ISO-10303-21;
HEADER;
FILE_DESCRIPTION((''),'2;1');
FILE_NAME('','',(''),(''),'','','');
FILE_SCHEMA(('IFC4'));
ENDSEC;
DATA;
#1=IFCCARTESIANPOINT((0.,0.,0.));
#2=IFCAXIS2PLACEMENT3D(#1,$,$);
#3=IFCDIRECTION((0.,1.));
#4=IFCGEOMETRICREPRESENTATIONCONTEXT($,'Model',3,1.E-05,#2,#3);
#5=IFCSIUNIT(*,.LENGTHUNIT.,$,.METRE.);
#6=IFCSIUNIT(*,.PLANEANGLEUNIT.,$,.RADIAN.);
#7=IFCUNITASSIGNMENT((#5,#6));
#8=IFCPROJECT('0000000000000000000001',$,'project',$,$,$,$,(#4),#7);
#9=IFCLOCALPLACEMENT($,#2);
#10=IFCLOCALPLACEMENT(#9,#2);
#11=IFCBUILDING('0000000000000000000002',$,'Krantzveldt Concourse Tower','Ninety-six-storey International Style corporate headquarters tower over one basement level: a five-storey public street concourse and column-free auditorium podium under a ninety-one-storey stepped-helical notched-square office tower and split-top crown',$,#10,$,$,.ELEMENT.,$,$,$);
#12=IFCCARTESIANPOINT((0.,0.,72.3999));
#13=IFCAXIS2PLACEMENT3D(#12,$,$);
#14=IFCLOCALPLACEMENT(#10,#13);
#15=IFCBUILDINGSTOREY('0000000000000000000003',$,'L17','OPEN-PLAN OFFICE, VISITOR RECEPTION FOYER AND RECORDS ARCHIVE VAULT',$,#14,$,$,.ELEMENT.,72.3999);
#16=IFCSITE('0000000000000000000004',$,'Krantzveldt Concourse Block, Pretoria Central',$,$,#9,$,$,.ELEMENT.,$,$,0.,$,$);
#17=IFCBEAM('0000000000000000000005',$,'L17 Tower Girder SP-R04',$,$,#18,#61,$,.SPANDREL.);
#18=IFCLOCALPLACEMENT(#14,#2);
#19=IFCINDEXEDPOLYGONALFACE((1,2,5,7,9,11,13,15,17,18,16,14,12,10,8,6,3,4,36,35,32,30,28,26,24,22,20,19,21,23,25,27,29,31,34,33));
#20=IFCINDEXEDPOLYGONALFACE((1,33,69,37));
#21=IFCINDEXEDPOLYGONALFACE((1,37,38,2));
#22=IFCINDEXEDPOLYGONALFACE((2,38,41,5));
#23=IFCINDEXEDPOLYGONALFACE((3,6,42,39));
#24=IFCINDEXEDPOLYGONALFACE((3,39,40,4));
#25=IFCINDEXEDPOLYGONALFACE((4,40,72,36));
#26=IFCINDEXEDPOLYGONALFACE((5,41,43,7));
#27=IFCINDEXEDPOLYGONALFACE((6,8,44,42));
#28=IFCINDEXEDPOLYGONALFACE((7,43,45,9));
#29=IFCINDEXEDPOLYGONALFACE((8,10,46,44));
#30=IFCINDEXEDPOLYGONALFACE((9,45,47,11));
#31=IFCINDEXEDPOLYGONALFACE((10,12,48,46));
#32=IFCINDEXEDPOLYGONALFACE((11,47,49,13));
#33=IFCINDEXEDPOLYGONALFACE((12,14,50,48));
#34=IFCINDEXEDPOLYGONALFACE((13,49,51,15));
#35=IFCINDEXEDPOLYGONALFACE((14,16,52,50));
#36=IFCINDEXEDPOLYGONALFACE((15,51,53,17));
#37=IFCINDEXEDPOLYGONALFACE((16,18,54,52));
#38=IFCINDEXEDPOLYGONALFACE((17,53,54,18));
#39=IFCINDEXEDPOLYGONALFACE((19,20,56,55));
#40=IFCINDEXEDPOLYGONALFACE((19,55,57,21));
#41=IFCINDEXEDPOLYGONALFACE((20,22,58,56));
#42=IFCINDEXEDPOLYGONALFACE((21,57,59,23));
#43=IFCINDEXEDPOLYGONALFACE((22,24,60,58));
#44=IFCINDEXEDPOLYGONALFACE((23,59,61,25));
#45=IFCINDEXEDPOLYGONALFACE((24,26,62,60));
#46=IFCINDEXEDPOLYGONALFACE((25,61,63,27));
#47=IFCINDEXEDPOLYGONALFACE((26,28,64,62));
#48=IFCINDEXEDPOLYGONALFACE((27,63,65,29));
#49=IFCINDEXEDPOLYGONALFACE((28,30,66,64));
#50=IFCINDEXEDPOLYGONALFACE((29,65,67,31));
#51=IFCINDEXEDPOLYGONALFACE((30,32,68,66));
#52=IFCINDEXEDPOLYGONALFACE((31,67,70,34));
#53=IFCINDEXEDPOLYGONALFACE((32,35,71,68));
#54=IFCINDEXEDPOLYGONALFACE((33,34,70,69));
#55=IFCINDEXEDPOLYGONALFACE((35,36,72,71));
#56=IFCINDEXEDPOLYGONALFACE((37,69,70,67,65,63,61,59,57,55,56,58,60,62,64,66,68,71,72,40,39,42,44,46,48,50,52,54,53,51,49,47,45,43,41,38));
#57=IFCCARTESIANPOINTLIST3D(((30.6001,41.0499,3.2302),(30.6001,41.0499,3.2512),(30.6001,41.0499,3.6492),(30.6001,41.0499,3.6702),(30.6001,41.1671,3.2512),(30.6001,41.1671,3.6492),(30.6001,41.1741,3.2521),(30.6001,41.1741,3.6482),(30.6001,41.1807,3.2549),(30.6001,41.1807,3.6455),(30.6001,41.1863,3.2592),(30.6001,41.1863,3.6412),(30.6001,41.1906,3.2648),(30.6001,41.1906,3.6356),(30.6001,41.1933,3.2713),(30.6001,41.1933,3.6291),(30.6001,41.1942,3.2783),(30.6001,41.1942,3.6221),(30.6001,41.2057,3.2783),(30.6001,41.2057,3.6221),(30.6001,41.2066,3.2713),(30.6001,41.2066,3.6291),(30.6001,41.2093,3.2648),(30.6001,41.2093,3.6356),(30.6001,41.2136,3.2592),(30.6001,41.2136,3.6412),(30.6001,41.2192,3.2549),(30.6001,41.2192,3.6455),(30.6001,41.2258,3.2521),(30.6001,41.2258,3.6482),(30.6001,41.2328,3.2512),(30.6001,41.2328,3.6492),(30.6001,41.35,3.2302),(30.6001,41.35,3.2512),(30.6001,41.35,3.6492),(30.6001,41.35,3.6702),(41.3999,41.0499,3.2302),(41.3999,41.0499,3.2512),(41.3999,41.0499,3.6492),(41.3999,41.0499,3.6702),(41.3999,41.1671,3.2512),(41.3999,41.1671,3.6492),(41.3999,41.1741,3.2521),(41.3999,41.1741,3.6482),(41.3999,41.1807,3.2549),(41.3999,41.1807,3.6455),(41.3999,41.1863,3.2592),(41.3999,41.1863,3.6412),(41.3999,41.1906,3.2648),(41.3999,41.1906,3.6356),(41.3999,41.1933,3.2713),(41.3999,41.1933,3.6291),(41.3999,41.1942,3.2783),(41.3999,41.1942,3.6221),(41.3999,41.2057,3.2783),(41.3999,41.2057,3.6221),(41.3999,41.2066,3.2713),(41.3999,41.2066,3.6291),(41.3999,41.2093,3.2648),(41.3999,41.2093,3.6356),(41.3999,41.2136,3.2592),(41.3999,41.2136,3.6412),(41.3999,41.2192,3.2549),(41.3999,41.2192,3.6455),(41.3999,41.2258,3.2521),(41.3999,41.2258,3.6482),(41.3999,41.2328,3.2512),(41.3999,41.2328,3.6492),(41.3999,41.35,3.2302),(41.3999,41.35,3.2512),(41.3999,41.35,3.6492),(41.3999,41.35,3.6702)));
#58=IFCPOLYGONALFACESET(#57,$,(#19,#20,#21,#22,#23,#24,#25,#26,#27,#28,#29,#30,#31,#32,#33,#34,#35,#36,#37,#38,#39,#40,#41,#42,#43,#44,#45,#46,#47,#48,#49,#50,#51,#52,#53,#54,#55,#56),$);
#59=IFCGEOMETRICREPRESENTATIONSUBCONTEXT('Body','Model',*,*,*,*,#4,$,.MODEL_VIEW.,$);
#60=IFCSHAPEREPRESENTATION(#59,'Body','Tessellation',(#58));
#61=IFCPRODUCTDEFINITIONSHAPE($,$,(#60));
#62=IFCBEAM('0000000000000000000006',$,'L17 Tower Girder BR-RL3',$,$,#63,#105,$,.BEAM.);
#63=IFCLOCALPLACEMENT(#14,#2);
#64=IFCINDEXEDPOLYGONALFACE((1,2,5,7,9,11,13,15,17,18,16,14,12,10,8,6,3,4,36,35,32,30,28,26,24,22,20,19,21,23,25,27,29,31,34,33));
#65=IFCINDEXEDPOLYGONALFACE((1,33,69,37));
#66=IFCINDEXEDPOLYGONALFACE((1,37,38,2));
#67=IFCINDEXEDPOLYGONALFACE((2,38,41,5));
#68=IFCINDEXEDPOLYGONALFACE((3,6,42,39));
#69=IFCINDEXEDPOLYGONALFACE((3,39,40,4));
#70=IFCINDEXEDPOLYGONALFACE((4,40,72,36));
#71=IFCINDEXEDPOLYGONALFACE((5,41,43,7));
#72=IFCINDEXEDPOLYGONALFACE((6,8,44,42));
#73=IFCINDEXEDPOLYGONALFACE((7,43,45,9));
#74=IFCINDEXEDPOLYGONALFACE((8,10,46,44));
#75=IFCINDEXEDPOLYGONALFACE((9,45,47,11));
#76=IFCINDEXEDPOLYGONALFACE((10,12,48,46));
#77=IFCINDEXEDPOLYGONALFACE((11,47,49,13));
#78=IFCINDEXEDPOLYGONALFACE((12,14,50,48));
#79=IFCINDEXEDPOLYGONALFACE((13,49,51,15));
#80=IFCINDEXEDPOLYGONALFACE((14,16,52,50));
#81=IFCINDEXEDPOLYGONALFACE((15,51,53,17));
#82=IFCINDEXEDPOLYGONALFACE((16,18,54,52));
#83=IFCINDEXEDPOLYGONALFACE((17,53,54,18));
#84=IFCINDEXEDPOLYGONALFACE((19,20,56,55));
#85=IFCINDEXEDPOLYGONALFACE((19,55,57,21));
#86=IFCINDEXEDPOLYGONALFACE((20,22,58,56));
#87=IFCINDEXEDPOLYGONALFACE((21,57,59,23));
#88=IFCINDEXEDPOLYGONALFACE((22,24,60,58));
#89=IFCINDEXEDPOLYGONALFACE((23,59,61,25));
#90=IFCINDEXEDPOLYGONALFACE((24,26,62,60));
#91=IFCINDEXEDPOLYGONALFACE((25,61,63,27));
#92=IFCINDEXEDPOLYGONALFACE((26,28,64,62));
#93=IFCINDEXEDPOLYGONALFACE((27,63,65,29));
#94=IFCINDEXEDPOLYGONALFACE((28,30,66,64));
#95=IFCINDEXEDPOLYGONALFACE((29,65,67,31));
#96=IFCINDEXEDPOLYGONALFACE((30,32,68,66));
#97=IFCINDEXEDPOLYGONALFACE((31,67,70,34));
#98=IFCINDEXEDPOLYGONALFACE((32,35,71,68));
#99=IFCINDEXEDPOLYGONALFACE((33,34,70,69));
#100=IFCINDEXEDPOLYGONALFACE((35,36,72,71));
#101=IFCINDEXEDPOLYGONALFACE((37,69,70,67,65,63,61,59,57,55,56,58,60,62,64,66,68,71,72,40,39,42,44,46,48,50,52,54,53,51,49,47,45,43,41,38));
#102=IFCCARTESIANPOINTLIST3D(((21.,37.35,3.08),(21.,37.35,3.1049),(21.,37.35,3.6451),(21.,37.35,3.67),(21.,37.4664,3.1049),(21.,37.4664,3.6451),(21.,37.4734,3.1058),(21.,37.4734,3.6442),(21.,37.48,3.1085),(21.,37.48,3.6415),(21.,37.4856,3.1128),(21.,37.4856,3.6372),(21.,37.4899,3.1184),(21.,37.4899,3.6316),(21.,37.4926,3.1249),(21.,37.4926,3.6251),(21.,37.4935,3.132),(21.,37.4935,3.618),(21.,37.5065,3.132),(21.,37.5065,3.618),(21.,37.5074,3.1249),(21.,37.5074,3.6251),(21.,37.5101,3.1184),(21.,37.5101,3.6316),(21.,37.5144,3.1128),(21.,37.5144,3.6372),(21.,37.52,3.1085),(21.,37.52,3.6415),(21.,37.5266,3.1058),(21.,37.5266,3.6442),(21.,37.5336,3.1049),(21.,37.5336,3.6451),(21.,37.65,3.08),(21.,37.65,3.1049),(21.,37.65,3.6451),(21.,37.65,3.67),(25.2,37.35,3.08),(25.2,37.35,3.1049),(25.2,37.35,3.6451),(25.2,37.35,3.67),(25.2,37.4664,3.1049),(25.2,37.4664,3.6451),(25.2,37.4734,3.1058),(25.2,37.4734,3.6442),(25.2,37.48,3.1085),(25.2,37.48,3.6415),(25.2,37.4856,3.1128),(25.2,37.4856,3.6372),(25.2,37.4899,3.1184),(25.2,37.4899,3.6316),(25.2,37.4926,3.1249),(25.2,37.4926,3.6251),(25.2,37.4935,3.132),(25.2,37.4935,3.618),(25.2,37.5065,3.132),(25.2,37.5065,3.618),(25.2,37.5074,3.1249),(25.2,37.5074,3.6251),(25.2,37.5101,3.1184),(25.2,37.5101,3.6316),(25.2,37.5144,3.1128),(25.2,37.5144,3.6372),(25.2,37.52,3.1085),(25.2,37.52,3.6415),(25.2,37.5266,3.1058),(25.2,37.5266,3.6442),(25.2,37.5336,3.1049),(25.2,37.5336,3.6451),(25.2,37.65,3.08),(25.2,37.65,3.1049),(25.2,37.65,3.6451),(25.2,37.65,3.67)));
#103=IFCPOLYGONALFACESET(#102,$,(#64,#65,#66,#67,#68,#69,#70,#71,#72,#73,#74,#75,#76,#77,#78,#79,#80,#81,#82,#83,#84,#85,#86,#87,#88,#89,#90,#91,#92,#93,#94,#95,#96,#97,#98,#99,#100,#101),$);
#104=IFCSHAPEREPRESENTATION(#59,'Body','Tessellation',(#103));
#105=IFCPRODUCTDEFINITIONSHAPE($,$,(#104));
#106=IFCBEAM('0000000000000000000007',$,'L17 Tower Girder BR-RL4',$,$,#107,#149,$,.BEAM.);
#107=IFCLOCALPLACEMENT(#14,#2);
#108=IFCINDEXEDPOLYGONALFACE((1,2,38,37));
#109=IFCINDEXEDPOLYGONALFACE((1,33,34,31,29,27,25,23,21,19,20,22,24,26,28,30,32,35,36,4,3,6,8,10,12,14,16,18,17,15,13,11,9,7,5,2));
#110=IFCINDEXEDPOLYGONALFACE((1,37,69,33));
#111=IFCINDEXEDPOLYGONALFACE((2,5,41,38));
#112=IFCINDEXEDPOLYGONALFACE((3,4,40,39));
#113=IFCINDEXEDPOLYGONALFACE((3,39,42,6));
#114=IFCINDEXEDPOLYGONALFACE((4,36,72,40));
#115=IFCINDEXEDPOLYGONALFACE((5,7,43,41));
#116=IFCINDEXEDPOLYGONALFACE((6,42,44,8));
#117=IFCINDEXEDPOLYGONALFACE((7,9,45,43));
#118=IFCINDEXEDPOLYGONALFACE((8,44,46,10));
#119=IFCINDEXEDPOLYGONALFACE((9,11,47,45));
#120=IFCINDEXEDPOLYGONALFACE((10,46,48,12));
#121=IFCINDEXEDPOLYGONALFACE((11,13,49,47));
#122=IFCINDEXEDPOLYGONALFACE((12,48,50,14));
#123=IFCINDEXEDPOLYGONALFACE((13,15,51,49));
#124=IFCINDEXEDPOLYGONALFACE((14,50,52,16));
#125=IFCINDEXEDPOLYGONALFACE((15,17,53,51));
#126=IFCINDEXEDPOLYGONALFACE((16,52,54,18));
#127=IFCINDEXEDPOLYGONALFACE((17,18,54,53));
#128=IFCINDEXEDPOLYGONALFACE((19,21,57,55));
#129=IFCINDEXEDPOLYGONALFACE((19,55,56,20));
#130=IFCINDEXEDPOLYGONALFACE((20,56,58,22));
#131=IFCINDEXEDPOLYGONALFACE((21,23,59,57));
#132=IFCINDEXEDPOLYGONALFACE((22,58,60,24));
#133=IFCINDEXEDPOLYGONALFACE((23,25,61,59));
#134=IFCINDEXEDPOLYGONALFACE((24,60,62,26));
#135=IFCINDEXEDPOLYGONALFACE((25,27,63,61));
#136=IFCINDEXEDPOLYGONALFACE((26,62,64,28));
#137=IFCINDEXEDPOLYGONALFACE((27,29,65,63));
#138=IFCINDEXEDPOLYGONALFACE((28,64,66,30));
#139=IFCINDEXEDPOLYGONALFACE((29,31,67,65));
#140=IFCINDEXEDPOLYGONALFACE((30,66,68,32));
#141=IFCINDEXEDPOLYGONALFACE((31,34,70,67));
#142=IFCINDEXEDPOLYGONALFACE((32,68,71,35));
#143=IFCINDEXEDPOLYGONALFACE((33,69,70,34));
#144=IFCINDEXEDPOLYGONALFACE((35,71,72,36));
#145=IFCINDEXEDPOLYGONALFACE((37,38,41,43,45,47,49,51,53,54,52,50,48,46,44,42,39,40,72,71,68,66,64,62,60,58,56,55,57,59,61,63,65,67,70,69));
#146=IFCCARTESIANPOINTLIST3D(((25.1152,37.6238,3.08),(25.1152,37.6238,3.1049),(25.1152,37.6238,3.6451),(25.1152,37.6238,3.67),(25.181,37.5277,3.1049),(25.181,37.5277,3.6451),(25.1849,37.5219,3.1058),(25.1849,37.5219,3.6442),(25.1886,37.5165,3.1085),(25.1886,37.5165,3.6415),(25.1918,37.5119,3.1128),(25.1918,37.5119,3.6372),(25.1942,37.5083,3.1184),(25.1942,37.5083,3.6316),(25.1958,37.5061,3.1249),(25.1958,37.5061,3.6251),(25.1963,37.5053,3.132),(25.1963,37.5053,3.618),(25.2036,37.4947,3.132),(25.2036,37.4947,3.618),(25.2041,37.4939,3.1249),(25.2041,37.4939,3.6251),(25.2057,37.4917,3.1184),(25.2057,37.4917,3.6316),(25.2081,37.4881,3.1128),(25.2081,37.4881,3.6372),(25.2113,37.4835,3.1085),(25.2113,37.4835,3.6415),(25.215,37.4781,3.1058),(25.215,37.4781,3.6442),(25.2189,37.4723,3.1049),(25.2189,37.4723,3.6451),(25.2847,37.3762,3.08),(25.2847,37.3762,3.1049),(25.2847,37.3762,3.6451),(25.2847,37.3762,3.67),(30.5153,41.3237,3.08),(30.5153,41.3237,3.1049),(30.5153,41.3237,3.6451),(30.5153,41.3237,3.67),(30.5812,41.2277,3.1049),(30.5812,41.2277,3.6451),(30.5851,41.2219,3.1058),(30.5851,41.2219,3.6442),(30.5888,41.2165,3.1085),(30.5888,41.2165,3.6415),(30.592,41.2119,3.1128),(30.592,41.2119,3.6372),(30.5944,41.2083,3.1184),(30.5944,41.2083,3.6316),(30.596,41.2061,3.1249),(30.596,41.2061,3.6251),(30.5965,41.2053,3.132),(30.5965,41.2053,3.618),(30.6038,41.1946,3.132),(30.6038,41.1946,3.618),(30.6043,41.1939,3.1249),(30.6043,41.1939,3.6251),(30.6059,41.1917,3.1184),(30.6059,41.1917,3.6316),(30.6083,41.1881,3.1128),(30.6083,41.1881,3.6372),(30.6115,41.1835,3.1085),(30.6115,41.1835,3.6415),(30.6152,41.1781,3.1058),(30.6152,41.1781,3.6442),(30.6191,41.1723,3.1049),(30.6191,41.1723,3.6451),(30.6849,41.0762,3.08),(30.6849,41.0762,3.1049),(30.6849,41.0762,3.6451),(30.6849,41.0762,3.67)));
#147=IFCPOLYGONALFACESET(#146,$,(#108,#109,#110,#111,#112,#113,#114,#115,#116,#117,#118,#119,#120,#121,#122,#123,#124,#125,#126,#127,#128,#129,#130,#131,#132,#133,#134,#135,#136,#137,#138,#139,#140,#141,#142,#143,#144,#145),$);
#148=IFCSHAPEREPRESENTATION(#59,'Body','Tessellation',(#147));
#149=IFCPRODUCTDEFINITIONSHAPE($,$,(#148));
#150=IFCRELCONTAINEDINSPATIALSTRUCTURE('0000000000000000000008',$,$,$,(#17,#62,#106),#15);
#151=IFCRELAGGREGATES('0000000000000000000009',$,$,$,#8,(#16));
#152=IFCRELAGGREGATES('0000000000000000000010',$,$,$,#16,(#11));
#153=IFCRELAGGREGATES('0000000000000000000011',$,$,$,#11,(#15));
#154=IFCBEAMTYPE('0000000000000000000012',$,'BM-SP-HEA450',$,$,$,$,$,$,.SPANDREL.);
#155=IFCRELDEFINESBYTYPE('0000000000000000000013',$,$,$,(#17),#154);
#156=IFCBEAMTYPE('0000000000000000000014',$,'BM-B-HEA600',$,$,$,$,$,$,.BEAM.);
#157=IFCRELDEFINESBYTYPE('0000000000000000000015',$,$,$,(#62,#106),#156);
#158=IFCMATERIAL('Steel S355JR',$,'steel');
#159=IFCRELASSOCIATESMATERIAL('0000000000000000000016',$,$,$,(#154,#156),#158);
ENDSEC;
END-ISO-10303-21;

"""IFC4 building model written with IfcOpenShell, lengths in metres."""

from ifc_helpers import new_model, si_unit, direction, frame, origin, origin_2d, place, context, subcontext, project, spatial, i_section, extrude, source, transform, mapped, material, material_profile, profile_set, type_object, type_shapes, element, save


model = new_model("IFC4")

# Units and contexts
model_context = context("Model", 3, precision=1e-05, world=origin(), true_north=direction((0.0, 1.0)))
body_context = subcontext(model_context, "Body", "Model", "MODEL_VIEW")
ifc_project = project(units=[si_unit("LENGTHUNIT", "METRE"), si_unit("PLANEANGLEUNIT", "RADIAN")], contexts=[model_context])

# Site, building, storey
site_placement = place(None, origin())
site = spatial("IfcSite", under=ifc_project, at=site_placement, Name="Krantzveldt Concourse Block, Pretoria Central", CompositionType="ELEMENT", RefElevation=0.0)
building_placement = place(site_placement, origin())
building = spatial("IfcBuilding", under=site, at=building_placement, Name="Krantzveldt Concourse Tower", Description="Ninety-six-storey International Style corporate headquarters tower over one basement level: a five-storey public street concourse and column-free auditorium podium under a ninety-one-storey stepped-helical notched-square office tower and split-top crown", CompositionType="ELEMENT")
storey_placement = place(building_placement, frame((0.0, 0.0, 72.3999)))
storey = spatial("IfcBuildingStorey", under=building, at=storey_placement, Name="L17", Description="OPEN-PLAN OFFICE, VISITOR RECEPTION FOYER AND RECORDS ARCHIVE VAULT", CompositionType="ELEMENT", Elevation=72.3999)

# Beams
ifc_material_1 = material(Name="Steel S355JR", Category="steel")
ifc_material_profile_1 = material_profile(ifc_material_1, i_section(OverallWidth=0.3, OverallDepth=0.4399, WebThickness=0.0115, FlangeThickness=0.021, FilletRadius=0.0271, at=origin_2d()), Name="Steel S355JR", Category="steel")
ifc_profile_set_1 = profile_set([ifc_material_profile_1], Name="Steel S355JR - HEA 450")
beam_type_1 = type_object("IfcBeamType", Name="BM-SP-HEA450", PredefinedType="SPANDREL", material=ifc_profile_set_1)
shared_shape_1 = source(origin(), body_context, "Body", "SweptSolid", [
    extrude(i_section(OverallWidth=0.3, OverallDepth=0.4399, WebThickness=0.0115, FlangeThickness=0.021, FilletRadius=0.0271, at=origin_2d()), origin(), (0.0, 0.0, 1.0), 10.7998),
])
beam_1_placement = place(storey_placement, frame((30.6001, 41.2, 3.4502), z_axis=(1.0, 0.0, 0.0), x_axis=(0.0, 1.0, 0.0)))
element("IfcBeam", 1, at=beam_1_placement, inside=storey, type_object=beam_type_1, Name="L17 Tower Girder SP-R04", PredefinedType="SPANDREL", context=body_context, shape_type="MappedRepresentation", body=[
    mapped(shared_shape_1, transform((0.0, 0.0, 0.0), x_axis=(1.0, 0.0, 0.0), y_axis=(0.0, 1.0, 0.0), z_axis=(0.0, 0.0, 1.0), scale=1.0)),
])
ifc_material_profile_2 = material_profile(ifc_material_1, i_section(OverallWidth=0.3, OverallDepth=0.5901, WebThickness=0.0129, FlangeThickness=0.0249, FilletRadius=0.0271, at=origin_2d()), Name="Steel S355JR", Category="steel")
ifc_profile_set_2 = profile_set([ifc_material_profile_2], Name="Steel S355JR - HEA 600")
beam_type_2 = type_object("IfcBeamType", Name="BM-B-HEA600", PredefinedType="BEAM", material=ifc_profile_set_2)
shared_shape_2 = source(origin(), body_context, "Body", "SweptSolid", [
    extrude(i_section(OverallWidth=0.3, OverallDepth=0.5901, WebThickness=0.0129, FlangeThickness=0.0249, FilletRadius=0.0271, at=origin_2d()), origin(), (0.0, 0.0, 1.0), 4.2),
])
beam_2_placement = place(storey_placement, frame((21.0, 37.5, 3.375), z_axis=(1.0, 0.0, 0.0), x_axis=(0.0, 1.0, 0.0)))
element("IfcBeam", 2, at=beam_2_placement, inside=storey, type_object=beam_type_2, Name="L17 Tower Girder BR-RL3", PredefinedType="BEAM", context=body_context, shape_type="MappedRepresentation", body=[
    mapped(shared_shape_2, transform((0.0, 0.0, 0.0), x_axis=(1.0, 0.0, 0.0), y_axis=(0.0, 1.0, 0.0), z_axis=(0.0, 0.0, 1.0), scale=1.0)),
])
shared_shape_3 = source(origin(), body_context, "Body", "SweptSolid", [
    extrude(i_section(OverallWidth=0.3, OverallDepth=0.5901, WebThickness=0.0129, FlangeThickness=0.0249, FilletRadius=0.0271, at=origin_2d()), origin(), (0.0, 0.0, 1.0), 6.5461),
])
type_shapes(beam_type_2, [shared_shape_2, shared_shape_3])
beam_3_placement = place(storey_placement, frame((25.2, 37.5, 3.375), z_axis=(0.824943, 0.565216, 0.0), x_axis=(-0.565216, 0.824943, 0.0)))
element("IfcBeam", 3, at=beam_3_placement, inside=storey, type_object=beam_type_2, Name="L17 Tower Girder BR-RL4", PredefinedType="BEAM", context=body_context, shape_type="MappedRepresentation", body=[
    mapped(shared_shape_3, transform((0.0, 0.0, 0.0), x_axis=(1.0, 0.0, 0.0), y_axis=(0.0, 1.0, 0.0), z_axis=(0.0, 0.0, 1.0), scale=1.0)),
])

save(model, "model.ifc")
